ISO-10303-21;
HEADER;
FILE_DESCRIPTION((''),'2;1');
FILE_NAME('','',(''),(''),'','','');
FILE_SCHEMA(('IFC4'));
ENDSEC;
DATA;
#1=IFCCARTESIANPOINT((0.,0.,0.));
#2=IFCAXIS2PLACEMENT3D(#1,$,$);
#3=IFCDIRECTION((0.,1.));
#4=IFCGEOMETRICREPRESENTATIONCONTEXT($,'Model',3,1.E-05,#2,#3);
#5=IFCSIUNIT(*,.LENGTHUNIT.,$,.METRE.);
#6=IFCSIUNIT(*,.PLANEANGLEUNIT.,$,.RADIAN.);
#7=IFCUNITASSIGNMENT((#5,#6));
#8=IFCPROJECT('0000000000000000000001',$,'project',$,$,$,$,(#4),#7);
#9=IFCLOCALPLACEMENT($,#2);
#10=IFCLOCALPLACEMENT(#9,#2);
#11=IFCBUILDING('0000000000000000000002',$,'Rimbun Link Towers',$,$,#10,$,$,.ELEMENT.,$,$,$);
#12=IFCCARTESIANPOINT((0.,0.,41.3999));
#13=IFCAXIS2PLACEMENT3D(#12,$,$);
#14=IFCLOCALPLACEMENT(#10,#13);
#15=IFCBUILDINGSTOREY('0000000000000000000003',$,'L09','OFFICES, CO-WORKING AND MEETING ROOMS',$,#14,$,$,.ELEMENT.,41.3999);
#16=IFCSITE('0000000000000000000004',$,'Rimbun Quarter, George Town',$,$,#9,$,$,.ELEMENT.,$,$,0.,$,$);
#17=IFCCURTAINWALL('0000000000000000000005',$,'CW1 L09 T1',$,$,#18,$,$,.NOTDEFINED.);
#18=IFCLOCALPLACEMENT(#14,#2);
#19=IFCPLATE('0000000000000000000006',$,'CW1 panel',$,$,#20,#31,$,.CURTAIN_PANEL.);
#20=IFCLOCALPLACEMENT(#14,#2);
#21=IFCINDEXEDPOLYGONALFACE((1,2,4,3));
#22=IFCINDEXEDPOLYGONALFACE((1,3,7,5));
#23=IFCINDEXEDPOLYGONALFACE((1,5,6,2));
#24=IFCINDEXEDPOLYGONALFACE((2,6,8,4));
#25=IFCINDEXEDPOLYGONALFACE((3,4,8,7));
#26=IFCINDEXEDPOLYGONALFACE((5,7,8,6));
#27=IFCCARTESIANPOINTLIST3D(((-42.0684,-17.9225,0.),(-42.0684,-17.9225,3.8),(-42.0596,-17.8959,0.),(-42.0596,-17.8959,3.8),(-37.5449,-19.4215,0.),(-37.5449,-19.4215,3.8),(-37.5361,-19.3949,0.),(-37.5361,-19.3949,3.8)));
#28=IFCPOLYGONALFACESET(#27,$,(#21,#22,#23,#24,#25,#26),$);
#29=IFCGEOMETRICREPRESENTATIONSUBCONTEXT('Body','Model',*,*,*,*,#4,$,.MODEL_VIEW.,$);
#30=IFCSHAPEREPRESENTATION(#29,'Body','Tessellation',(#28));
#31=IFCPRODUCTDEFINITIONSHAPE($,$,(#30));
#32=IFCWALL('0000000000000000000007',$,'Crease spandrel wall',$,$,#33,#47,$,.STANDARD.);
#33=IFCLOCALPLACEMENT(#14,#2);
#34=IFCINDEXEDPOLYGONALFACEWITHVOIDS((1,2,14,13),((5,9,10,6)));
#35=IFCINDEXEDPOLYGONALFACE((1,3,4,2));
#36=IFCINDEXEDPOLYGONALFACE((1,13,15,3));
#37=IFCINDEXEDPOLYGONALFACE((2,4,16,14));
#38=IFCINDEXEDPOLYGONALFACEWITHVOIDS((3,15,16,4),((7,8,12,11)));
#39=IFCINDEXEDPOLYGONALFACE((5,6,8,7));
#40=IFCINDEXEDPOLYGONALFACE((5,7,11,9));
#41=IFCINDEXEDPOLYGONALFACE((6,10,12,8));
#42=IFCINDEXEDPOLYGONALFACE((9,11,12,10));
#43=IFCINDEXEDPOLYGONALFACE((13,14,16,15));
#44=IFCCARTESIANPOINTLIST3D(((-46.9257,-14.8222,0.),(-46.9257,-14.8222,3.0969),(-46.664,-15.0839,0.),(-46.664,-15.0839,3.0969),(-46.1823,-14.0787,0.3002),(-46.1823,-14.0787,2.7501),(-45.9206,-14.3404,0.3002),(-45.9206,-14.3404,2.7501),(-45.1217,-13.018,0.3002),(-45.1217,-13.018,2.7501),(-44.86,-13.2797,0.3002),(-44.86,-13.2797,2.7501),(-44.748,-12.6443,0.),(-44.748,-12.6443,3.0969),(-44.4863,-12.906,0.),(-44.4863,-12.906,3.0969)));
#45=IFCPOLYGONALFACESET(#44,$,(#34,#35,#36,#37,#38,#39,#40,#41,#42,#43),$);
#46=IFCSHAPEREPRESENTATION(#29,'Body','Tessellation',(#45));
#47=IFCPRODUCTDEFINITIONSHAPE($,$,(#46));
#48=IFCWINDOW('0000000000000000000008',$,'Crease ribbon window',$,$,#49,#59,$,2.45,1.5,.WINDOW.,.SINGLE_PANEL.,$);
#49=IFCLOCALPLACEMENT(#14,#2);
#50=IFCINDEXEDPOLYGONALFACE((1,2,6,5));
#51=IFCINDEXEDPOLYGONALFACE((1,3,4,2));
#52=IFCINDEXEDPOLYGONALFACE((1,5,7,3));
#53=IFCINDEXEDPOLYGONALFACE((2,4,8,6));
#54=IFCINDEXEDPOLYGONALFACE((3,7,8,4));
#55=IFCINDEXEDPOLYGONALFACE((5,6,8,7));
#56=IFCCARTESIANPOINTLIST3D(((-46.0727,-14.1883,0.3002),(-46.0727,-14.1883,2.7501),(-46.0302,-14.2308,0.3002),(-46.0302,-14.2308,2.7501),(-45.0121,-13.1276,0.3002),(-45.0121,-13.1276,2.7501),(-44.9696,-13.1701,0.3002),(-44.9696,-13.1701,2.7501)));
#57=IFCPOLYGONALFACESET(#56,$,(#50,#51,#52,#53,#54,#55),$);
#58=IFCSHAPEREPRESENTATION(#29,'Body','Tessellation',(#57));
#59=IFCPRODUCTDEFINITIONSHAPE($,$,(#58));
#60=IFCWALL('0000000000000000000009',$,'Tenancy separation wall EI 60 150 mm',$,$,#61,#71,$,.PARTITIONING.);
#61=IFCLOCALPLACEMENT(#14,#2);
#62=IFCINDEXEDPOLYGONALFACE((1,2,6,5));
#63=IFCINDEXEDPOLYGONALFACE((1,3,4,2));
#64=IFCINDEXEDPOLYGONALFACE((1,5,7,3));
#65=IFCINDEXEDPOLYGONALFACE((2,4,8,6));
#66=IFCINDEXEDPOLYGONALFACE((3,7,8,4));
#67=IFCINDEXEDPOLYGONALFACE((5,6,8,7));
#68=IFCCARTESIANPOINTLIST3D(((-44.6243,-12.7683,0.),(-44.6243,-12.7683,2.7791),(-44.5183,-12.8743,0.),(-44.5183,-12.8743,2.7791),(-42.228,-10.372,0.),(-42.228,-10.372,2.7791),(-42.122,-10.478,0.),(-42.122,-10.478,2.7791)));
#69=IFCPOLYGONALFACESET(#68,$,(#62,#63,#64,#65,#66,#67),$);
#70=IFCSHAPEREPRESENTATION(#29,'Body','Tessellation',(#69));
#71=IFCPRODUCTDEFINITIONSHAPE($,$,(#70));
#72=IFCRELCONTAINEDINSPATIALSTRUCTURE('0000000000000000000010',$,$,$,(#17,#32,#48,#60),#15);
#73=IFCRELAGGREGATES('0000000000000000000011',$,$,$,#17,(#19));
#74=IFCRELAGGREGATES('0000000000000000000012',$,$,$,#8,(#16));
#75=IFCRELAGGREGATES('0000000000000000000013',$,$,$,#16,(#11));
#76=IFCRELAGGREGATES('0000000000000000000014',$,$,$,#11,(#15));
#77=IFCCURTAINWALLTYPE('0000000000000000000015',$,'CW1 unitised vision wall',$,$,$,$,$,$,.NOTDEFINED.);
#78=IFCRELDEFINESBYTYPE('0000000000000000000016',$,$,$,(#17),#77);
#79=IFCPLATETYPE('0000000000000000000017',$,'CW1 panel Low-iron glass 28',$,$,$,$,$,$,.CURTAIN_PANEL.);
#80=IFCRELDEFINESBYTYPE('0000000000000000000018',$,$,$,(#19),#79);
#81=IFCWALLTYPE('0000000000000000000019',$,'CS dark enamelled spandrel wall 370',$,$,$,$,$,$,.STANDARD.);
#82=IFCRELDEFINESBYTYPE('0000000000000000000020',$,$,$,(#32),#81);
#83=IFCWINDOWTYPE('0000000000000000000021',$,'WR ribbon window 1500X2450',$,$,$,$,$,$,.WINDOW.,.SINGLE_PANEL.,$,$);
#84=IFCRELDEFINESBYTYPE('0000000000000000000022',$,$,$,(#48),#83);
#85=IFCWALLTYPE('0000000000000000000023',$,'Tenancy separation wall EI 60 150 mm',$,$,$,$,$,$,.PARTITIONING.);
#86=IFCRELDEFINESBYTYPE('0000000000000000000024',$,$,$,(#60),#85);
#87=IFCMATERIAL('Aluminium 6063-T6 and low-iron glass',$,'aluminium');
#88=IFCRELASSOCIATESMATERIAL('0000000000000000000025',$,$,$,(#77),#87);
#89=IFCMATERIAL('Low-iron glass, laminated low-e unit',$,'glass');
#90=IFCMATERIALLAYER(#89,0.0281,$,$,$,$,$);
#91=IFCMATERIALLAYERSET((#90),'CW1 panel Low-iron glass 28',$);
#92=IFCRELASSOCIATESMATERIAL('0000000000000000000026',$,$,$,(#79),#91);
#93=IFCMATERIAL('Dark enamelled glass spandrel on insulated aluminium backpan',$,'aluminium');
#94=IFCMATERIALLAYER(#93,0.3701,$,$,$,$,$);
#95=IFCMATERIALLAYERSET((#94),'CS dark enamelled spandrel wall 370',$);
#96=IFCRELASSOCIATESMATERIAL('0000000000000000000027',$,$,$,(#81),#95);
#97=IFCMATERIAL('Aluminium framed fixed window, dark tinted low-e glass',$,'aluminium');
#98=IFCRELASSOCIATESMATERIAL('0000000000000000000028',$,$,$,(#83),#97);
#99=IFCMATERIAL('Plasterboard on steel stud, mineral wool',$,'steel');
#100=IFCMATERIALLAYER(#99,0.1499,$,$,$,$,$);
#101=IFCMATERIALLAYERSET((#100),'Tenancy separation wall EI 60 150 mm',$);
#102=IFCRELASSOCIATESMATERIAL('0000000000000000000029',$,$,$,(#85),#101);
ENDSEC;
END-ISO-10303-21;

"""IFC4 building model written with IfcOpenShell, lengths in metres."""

from ifc_helpers import new_model, si_unit, direction, frame, frame_2d, origin, origin_2d, place, context, subcontext, project, spatial, rectangle, extrude, material, layer, layer_set, type_object, element, fill, aggregate, save


model = new_model("IFC4")

# Units and contexts
model_context = context("Model", 3, precision=1e-05, world=origin(), true_north=direction((0.0, 1.0)))
body_context = subcontext(model_context, "Body", "Model", "MODEL_VIEW")
ifc_project = project(units=[si_unit("LENGTHUNIT", "METRE"), si_unit("PLANEANGLEUNIT", "RADIAN")], contexts=[model_context])

# Site, building, storey
site_placement = place(None, origin())
site = spatial("IfcSite", under=ifc_project, at=site_placement, Name="Rimbun Quarter, George Town", CompositionType="ELEMENT", RefElevation=0.0)
building_placement = place(site_placement, origin())
building = spatial("IfcBuilding", under=site, at=building_placement, Name="Rimbun Link Towers", CompositionType="ELEMENT")
storey_placement = place(building_placement, frame((0.0, 0.0, 41.3999)))
storey = spatial("IfcBuildingStorey", under=building, at=storey_placement, Name="L09", Description="OFFICES, CO-WORKING AND MEETING ROOMS", CompositionType="ELEMENT", Elevation=41.3999)

# Curtain wall
ifc_material_1 = material(Name="Aluminium 6063-T6 and low-iron glass", Category="aluminium")
curtain_wall_type = type_object("IfcCurtainWallType", Name="CW1 unitised vision wall", PredefinedType="NOTDEFINED", material=ifc_material_1)
curtain_wall_placement = place(storey_placement, origin())
curtain_wall = element("IfcCurtainWall", 1, at=curtain_wall_placement, inside=storey, type_object=curtain_wall_type, Name="CW1 L09 T1", PredefinedType="NOTDEFINED")

# Plate
ifc_material_2 = material(Name="Low-iron glass, laminated low-e unit", Category="glass")
ifc_layer_1 = layer(ifc_material_2, 0.0281)
ifc_layer_set_1 = layer_set([ifc_layer_1], Name="CW1 panel Low-iron glass 28")
plate_type = type_object("IfcPlateType", Name="CW1 panel Low-iron glass 28", PredefinedType="CURTAIN_PANEL", material=ifc_layer_set_1)
plate_1_placement = place(storey_placement, frame((-39.8022, -18.6587, 0.0), z_axis=(0.0, 0.0, 1.0), x_axis=(-0.949238, 0.314558, 0.0)))
plate_1 = element("IfcPlate", 2, at=plate_1_placement, type_object=plate_type, Name="CW1 panel", PredefinedType="CURTAIN_PANEL", context=body_context, shape_type="SweptSolid", body=[
    extrude(rectangle(XDim=4.7654, YDim=0.0281, at=origin_2d()), origin(), (0.0, 0.0, 1.0), 3.8),
])
aggregate(curtain_wall, [plate_1])

# Wall, opening, window
ifc_material_3 = material(Name="Dark enamelled glass spandrel on insulated aluminium backpan", Category="aluminium")
ifc_layer_2 = layer(ifc_material_3, 0.3701)
ifc_layer_set_2 = layer_set([ifc_layer_2], Name="CS dark enamelled spandrel wall 370")
wall_type_1 = type_object("IfcWallType", Name="CS dark enamelled spandrel wall 370", PredefinedType="STANDARD", material=ifc_layer_set_2)
wall_1_placement = place(storey_placement, frame((-46.7949, -14.9531, 0.0), z_axis=(0.0, 0.0, 1.0), x_axis=(0.707067, 0.707146, 0.0)))
wall_1 = element("IfcWall", 3, at=wall_1_placement, inside=storey, type_object=wall_type_1, Name="Crease spandrel wall", PredefinedType="STANDARD", context=body_context, shape_type="SweptSolid", body=[
    extrude(rectangle(XDim=3.0798, YDim=0.3701, at=frame_2d((1.54, 0.0))), origin(), (0.0, 0.0, 1.0), 3.0969),
])
opening_1_placement = place(wall_1_placement, frame((1.0515, 0.0, 0.3)))
opening_1 = element("IfcOpeningElement", 4, at=opening_1_placement, cuts=wall_1, PredefinedType="OPENING", context=body_context, shape_type="SweptSolid", body=[
    extrude(rectangle(XDim=1.5, YDim=2.45, at=frame_2d((0.75, 1.2251))), frame((0.0, 0.1951, 0.0), z_axis=(0.0, -1.0, 0.0), x_axis=(1.0, 0.0, 0.0)), (0.0, 0.0, 1.0), 0.3901),
])
ifc_material_4 = material(Name="Aluminium framed fixed window, dark tinted low-e glass", Category="aluminium")
window_type_1 = type_object("IfcWindowType", Name="WR ribbon window 1500X2450", PartitioningType="SINGLE_PANEL", PredefinedType="WINDOW", material=ifc_material_4)
window_1_placement = place(opening_1_placement, origin())
window_1 = element("IfcWindow", 5, at=window_1_placement, inside=storey, type_object=window_type_1, Name="Crease ribbon window", OverallHeight=2.45, OverallWidth=1.5, PartitioningType="SINGLE_PANEL", PredefinedType="WINDOW", context=body_context, shape_type="SweptSolid", body=[
    extrude(rectangle(XDim=1.5, YDim=2.45, at=frame_2d((0.75, 1.2251))), frame((0.0, 0.03, 0.0), z_axis=(0.0, -1.0, 0.0), x_axis=(1.0, 0.0, 0.0)), (0.0, 0.0, 1.0), 0.0601),
])
fill(opening_1, window_1)

# Wall
ifc_material_5 = material(Name="Plasterboard on steel stud, mineral wool", Category="steel")
ifc_layer_3 = layer(ifc_material_5, 0.1499)
ifc_layer_set_3 = layer_set([ifc_layer_3], Name="Tenancy separation wall EI 60 150 mm")
wall_type_2 = type_object("IfcWallType", Name="Tenancy separation wall EI 60 150 mm", PredefinedType="PARTITIONING", material=ifc_layer_set_3)
wall_2_placement = place(storey_placement, frame((-42.175, -10.425, 0.0), z_axis=(0.0, 0.0, 1.0), x_axis=(-0.707107, -0.707107, 0.0)))
element("IfcWall", 6, at=wall_2_placement, inside=storey, type_object=wall_type_2, Name="Tenancy separation wall EI 60 150 mm", PredefinedType="PARTITIONING", context=body_context, shape_type="SweptSolid", body=[
    extrude(rectangle(XDim=3.3889, YDim=0.1499, at=frame_2d((1.6943, 0.0))), origin(), (0.0, 0.0, 1.0), 2.7791),
])

save(model, "model.ifc")
